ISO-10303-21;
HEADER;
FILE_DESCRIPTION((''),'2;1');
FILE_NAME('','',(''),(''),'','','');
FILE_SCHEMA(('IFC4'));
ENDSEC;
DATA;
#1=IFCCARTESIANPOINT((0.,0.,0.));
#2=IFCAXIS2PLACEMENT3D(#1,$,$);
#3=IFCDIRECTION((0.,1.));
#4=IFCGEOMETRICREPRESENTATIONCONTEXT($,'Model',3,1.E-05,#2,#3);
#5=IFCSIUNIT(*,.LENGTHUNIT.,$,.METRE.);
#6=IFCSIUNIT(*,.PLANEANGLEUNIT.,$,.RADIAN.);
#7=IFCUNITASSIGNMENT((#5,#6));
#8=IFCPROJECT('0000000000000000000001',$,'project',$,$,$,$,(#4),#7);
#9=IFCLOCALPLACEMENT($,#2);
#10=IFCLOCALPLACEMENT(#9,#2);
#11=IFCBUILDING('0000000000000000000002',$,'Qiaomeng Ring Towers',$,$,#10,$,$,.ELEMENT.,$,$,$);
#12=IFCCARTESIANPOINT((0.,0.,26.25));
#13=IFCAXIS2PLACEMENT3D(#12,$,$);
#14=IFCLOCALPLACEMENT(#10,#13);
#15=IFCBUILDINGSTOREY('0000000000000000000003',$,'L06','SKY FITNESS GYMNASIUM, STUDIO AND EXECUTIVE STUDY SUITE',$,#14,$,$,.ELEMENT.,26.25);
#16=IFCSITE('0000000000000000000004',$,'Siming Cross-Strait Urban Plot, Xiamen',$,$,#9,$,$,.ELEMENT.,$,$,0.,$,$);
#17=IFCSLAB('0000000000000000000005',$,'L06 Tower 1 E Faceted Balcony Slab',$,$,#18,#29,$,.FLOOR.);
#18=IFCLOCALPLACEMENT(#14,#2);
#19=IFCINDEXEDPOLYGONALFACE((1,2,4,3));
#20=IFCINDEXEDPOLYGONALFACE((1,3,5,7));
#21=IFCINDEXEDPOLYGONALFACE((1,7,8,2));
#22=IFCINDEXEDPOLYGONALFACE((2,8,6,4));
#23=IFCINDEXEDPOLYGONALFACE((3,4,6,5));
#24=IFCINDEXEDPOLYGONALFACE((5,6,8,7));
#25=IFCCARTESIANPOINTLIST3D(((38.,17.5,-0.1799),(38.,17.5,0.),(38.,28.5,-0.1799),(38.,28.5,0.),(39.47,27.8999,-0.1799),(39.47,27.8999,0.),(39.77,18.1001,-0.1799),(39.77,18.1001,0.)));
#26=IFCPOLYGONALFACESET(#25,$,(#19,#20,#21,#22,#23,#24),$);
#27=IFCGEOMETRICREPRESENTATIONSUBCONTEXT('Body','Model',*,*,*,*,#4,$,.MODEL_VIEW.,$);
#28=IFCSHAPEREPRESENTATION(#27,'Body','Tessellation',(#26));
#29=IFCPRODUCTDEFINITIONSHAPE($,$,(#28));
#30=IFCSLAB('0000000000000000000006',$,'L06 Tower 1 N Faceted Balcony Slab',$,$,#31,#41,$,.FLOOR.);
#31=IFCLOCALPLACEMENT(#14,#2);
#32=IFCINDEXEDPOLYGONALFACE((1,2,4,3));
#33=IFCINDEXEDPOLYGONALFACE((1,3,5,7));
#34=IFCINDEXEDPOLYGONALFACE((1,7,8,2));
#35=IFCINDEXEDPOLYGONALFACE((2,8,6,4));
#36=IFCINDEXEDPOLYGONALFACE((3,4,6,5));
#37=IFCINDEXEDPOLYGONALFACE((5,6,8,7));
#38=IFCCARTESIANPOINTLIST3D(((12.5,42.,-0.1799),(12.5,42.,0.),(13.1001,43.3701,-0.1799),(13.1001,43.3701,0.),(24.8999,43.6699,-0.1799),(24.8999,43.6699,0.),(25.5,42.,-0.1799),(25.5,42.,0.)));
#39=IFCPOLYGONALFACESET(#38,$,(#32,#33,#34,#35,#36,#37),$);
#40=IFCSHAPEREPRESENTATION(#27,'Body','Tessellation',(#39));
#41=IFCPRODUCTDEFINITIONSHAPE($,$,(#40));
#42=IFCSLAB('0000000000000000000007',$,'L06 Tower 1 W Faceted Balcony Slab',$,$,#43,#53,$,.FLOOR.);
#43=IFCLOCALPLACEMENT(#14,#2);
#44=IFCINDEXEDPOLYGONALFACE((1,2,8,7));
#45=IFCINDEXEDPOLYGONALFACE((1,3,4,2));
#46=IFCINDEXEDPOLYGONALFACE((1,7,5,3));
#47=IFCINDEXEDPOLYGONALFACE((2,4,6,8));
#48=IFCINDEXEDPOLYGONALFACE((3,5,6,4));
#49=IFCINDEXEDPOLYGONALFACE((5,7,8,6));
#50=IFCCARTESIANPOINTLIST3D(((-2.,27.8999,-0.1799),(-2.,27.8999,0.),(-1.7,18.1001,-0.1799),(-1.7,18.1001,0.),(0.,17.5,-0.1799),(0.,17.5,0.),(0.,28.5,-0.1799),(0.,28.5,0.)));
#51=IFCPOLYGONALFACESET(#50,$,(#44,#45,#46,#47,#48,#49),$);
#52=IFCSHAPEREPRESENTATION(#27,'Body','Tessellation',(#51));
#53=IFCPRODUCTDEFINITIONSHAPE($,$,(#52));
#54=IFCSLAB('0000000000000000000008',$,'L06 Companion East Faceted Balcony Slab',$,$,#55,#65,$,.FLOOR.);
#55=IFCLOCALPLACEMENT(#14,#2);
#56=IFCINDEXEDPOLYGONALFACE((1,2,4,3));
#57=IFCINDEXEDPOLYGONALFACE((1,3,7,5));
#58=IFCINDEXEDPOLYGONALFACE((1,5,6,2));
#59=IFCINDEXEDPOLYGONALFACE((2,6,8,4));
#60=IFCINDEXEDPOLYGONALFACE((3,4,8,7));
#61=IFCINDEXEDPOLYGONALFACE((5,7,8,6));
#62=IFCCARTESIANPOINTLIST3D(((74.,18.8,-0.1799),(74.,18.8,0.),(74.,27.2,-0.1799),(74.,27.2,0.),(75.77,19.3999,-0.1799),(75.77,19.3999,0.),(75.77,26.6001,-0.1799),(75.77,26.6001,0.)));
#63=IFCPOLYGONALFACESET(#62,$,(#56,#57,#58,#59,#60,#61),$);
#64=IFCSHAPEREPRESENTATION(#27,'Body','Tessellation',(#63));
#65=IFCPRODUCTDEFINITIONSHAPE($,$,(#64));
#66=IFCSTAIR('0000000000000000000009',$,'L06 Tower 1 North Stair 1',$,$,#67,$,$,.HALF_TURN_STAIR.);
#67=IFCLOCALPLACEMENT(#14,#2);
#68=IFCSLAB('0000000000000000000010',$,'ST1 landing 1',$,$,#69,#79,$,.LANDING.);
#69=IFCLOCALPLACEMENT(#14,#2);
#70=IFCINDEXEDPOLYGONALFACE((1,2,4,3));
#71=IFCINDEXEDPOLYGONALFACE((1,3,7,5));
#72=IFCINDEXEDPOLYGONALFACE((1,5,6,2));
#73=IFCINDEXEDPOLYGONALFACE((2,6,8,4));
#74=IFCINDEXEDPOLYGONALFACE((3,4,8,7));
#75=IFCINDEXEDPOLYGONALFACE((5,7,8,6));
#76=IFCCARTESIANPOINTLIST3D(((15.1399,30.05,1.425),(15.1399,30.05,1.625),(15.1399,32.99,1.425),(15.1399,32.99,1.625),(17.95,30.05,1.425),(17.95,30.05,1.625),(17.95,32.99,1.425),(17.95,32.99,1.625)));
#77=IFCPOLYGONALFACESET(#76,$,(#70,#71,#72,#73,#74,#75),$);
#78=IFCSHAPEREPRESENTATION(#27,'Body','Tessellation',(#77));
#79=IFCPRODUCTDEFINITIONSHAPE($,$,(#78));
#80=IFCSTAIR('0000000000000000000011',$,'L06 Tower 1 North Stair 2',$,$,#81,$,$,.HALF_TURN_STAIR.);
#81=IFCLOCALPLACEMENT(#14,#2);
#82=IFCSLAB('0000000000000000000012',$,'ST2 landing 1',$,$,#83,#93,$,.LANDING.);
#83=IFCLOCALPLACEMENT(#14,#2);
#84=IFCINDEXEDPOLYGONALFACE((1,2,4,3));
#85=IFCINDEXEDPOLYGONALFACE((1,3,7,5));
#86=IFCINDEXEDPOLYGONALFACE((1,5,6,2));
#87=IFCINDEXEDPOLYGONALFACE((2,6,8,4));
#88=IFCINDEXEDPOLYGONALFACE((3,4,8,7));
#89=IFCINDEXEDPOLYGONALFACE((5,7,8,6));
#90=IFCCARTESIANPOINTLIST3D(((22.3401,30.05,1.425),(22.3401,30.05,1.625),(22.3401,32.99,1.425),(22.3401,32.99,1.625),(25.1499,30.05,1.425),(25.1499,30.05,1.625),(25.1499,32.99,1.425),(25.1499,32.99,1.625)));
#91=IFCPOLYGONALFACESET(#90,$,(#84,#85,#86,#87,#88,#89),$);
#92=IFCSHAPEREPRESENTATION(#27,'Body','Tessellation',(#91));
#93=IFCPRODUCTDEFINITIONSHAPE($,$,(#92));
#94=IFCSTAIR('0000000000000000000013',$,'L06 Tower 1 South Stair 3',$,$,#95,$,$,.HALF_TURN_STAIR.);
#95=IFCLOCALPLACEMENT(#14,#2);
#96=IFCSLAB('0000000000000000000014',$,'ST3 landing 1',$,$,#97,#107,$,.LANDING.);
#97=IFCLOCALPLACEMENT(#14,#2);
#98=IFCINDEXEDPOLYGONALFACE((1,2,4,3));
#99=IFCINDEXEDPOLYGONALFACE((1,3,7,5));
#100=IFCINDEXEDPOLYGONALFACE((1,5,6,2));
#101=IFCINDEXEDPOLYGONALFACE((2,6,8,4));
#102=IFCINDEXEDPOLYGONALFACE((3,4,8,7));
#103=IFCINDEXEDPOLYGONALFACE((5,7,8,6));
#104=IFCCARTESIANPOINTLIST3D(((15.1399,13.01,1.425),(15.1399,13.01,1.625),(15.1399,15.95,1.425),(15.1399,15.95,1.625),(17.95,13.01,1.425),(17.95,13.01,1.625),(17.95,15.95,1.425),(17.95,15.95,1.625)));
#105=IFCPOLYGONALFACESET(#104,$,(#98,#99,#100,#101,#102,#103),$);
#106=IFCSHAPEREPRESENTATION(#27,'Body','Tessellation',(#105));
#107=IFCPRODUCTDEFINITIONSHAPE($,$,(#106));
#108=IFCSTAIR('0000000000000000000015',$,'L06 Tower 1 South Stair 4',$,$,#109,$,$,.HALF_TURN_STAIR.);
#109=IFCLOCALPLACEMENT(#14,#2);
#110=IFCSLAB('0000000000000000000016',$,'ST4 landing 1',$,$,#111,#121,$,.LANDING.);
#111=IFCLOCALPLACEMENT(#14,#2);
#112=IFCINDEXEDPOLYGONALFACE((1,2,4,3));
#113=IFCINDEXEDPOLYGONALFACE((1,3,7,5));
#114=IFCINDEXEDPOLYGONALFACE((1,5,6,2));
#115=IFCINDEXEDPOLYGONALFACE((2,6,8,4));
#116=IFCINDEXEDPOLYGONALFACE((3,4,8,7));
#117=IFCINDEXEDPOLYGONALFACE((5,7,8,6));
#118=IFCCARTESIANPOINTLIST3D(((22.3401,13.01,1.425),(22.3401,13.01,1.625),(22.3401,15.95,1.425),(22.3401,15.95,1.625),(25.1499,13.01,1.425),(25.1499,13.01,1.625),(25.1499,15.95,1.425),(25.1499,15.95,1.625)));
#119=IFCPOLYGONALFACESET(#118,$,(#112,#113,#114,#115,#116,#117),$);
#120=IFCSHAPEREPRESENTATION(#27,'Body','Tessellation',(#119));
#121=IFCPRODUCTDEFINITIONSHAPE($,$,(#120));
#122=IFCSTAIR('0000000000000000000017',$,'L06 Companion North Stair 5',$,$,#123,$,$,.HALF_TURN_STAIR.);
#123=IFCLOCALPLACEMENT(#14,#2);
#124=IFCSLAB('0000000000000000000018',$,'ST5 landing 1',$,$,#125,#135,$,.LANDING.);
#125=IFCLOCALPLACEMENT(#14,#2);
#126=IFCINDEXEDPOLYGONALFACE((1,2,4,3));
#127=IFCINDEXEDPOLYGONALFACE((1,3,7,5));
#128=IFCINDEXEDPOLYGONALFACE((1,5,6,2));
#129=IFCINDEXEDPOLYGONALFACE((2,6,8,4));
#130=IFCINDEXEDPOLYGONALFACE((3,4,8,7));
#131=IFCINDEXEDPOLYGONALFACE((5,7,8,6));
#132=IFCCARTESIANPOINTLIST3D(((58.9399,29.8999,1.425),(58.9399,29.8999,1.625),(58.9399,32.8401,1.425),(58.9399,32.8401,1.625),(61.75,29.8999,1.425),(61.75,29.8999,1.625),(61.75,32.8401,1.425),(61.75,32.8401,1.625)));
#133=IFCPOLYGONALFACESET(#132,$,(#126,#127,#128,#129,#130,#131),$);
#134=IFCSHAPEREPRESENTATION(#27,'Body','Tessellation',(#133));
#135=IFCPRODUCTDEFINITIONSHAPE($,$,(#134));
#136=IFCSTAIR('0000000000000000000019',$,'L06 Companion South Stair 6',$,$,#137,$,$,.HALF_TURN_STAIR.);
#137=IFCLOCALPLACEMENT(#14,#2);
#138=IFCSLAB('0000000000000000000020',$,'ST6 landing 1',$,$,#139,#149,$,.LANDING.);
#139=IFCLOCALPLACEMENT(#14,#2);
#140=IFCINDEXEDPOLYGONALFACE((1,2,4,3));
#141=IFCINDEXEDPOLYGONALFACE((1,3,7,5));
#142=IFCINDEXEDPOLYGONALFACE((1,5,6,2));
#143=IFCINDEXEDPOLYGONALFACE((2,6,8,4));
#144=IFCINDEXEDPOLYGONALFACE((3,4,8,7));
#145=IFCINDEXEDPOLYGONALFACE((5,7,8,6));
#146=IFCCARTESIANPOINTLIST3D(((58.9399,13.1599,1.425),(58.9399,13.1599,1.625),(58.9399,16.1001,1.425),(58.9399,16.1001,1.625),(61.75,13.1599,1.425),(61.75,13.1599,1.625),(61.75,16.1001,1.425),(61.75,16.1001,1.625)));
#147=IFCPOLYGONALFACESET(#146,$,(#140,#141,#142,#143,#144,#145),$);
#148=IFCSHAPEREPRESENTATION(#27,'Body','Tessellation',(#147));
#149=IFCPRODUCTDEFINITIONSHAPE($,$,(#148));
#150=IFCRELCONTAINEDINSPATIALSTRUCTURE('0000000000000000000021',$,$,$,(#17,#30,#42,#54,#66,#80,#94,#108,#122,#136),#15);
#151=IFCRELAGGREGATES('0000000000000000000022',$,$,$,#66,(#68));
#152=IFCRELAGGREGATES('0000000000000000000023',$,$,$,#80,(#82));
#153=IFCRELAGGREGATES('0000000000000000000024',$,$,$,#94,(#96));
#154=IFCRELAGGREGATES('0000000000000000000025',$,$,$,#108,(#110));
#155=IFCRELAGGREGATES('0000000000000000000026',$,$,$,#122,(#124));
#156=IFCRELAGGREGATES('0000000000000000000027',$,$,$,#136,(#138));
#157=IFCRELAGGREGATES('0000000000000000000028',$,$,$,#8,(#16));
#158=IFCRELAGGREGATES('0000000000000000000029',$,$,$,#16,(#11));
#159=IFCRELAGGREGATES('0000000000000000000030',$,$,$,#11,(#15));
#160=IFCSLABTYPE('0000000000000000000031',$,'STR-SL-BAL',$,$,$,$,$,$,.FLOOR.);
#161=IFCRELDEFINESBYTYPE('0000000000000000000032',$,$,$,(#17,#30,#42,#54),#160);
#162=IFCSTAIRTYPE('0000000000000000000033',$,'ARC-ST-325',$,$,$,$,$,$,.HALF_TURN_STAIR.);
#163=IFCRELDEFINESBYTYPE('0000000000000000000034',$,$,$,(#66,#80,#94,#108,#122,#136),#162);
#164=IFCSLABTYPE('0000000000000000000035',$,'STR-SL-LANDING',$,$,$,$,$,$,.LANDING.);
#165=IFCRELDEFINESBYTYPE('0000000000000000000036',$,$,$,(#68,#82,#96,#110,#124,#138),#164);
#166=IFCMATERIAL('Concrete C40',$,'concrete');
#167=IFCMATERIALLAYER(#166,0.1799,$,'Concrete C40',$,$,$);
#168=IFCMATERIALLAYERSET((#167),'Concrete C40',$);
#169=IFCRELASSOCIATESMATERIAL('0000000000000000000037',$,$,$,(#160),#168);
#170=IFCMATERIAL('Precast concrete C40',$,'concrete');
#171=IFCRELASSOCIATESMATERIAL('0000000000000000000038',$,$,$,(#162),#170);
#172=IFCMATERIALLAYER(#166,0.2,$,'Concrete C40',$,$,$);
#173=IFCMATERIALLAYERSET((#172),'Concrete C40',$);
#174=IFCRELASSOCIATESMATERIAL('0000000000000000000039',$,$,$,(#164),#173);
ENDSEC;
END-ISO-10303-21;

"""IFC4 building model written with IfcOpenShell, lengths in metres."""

from ifc_helpers import new_model, si_unit, direction, frame, origin, place, context, subcontext, project, spatial, polyline, outline, extrude, material, layer, layer_set, type_object, element, aggregate, save


model = new_model("IFC4")

# Units and contexts
model_context = context("Model", 3, precision=1e-05, world=origin(), true_north=direction((0.0, 1.0)))
body_context = subcontext(model_context, "Body", "Model", "MODEL_VIEW")
ifc_project = project(units=[si_unit("LENGTHUNIT", "METRE"), si_unit("PLANEANGLEUNIT", "RADIAN")], contexts=[model_context])

# Site, building, storey
site_placement = place(None, origin())
site = spatial("IfcSite", under=ifc_project, at=site_placement, Name="Siming Cross-Strait Urban Plot, Xiamen", CompositionType="ELEMENT", RefElevation=0.0)
building_placement = place(site_placement, origin())
building = spatial("IfcBuilding", under=site, at=building_placement, Name="Qiaomeng Ring Towers", CompositionType="ELEMENT")
storey_placement = place(building_placement, frame((0.0, 0.0, 26.25)))
storey = spatial("IfcBuildingStorey", under=building, at=storey_placement, Name="L06", Description="SKY FITNESS GYMNASIUM, STUDIO AND EXECUTIVE STUDY SUITE", CompositionType="ELEMENT", Elevation=26.25)

# Slabs
ifc_material_1 = material(Name="Concrete C40", Category="concrete")
ifc_layer_1 = layer(ifc_material_1, 0.1799, Name="Concrete C40")
ifc_layer_set_1 = layer_set([ifc_layer_1], Name="Concrete C40")
slab_type_1 = type_object("IfcSlabType", Name="STR-SL-BAL", PredefinedType="FLOOR", material=ifc_layer_set_1)
slab_1_placement = place(storey_placement, frame((0.0, 0.0, -0.1799)))
element("IfcSlab", 1, at=slab_1_placement, inside=storey, type_object=slab_type_1, Name="L06 Tower 1 E Faceted Balcony Slab", PredefinedType="FLOOR", context=body_context, shape_type="SweptSolid", body=[
    extrude(outline(polyline([(39.47, 27.8999), (39.77, 18.1001), (38.0, 17.5), (38.0, 28.5), (39.47, 27.8999)])), origin(), (0.0, 0.0, 1.0), 0.1799),
])
slab_2_placement = place(storey_placement, frame((0.0, 0.0, -0.1799)))
element("IfcSlab", 2, at=slab_2_placement, inside=storey, type_object=slab_type_1, Name="L06 Tower 1 N Faceted Balcony Slab", PredefinedType="FLOOR", context=body_context, shape_type="SweptSolid", body=[
    extrude(outline(polyline([(12.5, 42.0), (13.1001, 43.3701), (24.8999, 43.6699), (25.5, 42.0), (12.5, 42.0)])), origin(), (0.0, 0.0, 1.0), 0.1799),
])
slab_3_placement = place(storey_placement, frame((0.0, 0.0, -0.1799)))
element("IfcSlab", 3, at=slab_3_placement, inside=storey, type_object=slab_type_1, Name="L06 Tower 1 W Faceted Balcony Slab", PredefinedType="FLOOR", context=body_context, shape_type="SweptSolid", body=[
    extrude(outline(polyline([(0.0, 17.5), (-1.7, 18.1001), (-2.0, 27.8999), (0.0, 28.5), (0.0, 17.5)])), origin(), (0.0, 0.0, 1.0), 0.1799),
])
slab_4_placement = place(storey_placement, frame((0.0, 0.0, -0.1799)))
element("IfcSlab", 4, at=slab_4_placement, inside=storey, type_object=slab_type_1, Name="L06 Companion East Faceted Balcony Slab", PredefinedType="FLOOR", context=body_context, shape_type="SweptSolid", body=[
    extrude(outline(polyline([(75.77, 26.6001), (75.77, 19.3999), (74.0, 18.8), (74.0, 27.2), (75.77, 26.6001)])), origin(), (0.0, 0.0, 1.0), 0.1799),
])

# Stairs, slabs
ifc_material_2 = material(Name="Precast concrete C40", Category="concrete")
stair_type = type_object("IfcStairType", Name="ARC-ST-325", PredefinedType="HALF_TURN_STAIR", material=ifc_material_2)
stair_1_placement = place(storey_placement, origin())
stair_1 = element("IfcStair", 5, at=stair_1_placement, inside=storey, type_object=stair_type, Name="L06 Tower 1 North Stair 1", PredefinedType="HALF_TURN_STAIR")
ifc_layer_2 = layer(ifc_material_1, 0.2, Name="Concrete C40")
ifc_layer_set_2 = layer_set([ifc_layer_2], Name="Concrete C40")
slab_type_2 = type_object("IfcSlabType", Name="STR-SL-LANDING", PredefinedType="LANDING", material=ifc_layer_set_2)
slab_5_placement = place(storey_placement, frame((0.0, 0.0, 1.425)))
slab_5 = element("IfcSlab", 6, at=slab_5_placement, type_object=slab_type_2, Name="ST1 landing 1", PredefinedType="LANDING", context=body_context, shape_type="SweptSolid", body=[
    extrude(outline(polyline([(15.1399, 30.05), (17.95, 30.05), (17.95, 32.99), (15.1399, 32.99), (15.1399, 30.05)])), origin(), (0.0, 0.0, 1.0), 0.2),
])
aggregate(stair_1, [slab_5])
stair_2_placement = place(storey_placement, origin())
stair_2 = element("IfcStair", 7, at=stair_2_placement, inside=storey, type_object=stair_type, Name="L06 Tower 1 North Stair 2", PredefinedType="HALF_TURN_STAIR")
slab_6_placement = place(storey_placement, frame((0.0, 0.0, 1.425)))
slab_6 = element("IfcSlab", 8, at=slab_6_placement, type_object=slab_type_2, Name="ST2 landing 1", PredefinedType="LANDING", context=body_context, shape_type="SweptSolid", body=[
    extrude(outline(polyline([(22.3401, 30.05), (25.1499, 30.05), (25.1499, 32.99), (22.3401, 32.99), (22.3401, 30.05)])), origin(), (0.0, 0.0, 1.0), 0.2),
])
aggregate(stair_2, [slab_6])
stair_3_placement = place(storey_placement, origin())
stair_3 = element("IfcStair", 9, at=stair_3_placement, inside=storey, type_object=stair_type, Name="L06 Tower 1 South Stair 3", PredefinedType="HALF_TURN_STAIR")
slab_7_placement = place(storey_placement, frame((0.0, 0.0, 1.425)))
slab_7 = element("IfcSlab", 10, at=slab_7_placement, type_object=slab_type_2, Name="ST3 landing 1", PredefinedType="LANDING", context=body_context, shape_type="SweptSolid", body=[
    extrude(outline(polyline([(15.1399, 13.01), (17.95, 13.01), (17.95, 15.95), (15.1399, 15.95), (15.1399, 13.01)])), origin(), (0.0, 0.0, 1.0), 0.2),
])
aggregate(stair_3, [slab_7])
stair_4_placement = place(storey_placement, origin())
stair_4 = element("IfcStair", 11, at=stair_4_placement, inside=storey, type_object=stair_type, Name="L06 Tower 1 South Stair 4", PredefinedType="HALF_TURN_STAIR")
slab_8_placement = place(storey_placement, frame((0.0, 0.0, 1.425)))
slab_8 = element("IfcSlab", 12, at=slab_8_placement, type_object=slab_type_2, Name="ST4 landing 1", PredefinedType="LANDING", context=body_context, shape_type="SweptSolid", body=[
    extrude(outline(polyline([(22.3401, 13.01), (25.1499, 13.01), (25.1499, 15.95), (22.3401, 15.95), (22.3401, 13.01)])), origin(), (0.0, 0.0, 1.0), 0.2),
])
aggregate(stair_4, [slab_8])
stair_5_placement = place(storey_placement, origin())
stair_5 = element("IfcStair", 13, at=stair_5_placement, inside=storey, type_object=stair_type, Name="L06 Companion North Stair 5", PredefinedType="HALF_TURN_STAIR")
slab_9_placement = place(storey_placement, frame((0.0, 0.0, 1.425)))
slab_9 = element("IfcSlab", 14, at=slab_9_placement, type_object=slab_type_2, Name="ST5 landing 1", PredefinedType="LANDING", context=body_context, shape_type="SweptSolid", body=[
    extrude(outline(polyline([(58.9399, 29.8999), (61.75, 29.8999), (61.75, 32.8401), (58.9399, 32.8401), (58.9399, 29.8999)])), origin(), (0.0, 0.0, 1.0), 0.2),
])
aggregate(stair_5, [slab_9])
stair_6_placement = place(storey_placement, origin())
stair_6 = element("IfcStair", 15, at=stair_6_placement, inside=storey, type_object=stair_type, Name="L06 Companion South Stair 6", PredefinedType="HALF_TURN_STAIR")
slab_10_placement = place(storey_placement, frame((0.0, 0.0, 1.425)))
slab_10 = element("IfcSlab", 16, at=slab_10_placement, type_object=slab_type_2, Name="ST6 landing 1", PredefinedType="LANDING", context=body_context, shape_type="SweptSolid", body=[
    extrude(outline(polyline([(58.9399, 13.1599), (61.75, 13.1599), (61.75, 16.1001), (58.9399, 16.1001), (58.9399, 13.1599)])), origin(), (0.0, 0.0, 1.0), 0.2),
])
aggregate(stair_6, [slab_10])

save(model, "model.ifc")
